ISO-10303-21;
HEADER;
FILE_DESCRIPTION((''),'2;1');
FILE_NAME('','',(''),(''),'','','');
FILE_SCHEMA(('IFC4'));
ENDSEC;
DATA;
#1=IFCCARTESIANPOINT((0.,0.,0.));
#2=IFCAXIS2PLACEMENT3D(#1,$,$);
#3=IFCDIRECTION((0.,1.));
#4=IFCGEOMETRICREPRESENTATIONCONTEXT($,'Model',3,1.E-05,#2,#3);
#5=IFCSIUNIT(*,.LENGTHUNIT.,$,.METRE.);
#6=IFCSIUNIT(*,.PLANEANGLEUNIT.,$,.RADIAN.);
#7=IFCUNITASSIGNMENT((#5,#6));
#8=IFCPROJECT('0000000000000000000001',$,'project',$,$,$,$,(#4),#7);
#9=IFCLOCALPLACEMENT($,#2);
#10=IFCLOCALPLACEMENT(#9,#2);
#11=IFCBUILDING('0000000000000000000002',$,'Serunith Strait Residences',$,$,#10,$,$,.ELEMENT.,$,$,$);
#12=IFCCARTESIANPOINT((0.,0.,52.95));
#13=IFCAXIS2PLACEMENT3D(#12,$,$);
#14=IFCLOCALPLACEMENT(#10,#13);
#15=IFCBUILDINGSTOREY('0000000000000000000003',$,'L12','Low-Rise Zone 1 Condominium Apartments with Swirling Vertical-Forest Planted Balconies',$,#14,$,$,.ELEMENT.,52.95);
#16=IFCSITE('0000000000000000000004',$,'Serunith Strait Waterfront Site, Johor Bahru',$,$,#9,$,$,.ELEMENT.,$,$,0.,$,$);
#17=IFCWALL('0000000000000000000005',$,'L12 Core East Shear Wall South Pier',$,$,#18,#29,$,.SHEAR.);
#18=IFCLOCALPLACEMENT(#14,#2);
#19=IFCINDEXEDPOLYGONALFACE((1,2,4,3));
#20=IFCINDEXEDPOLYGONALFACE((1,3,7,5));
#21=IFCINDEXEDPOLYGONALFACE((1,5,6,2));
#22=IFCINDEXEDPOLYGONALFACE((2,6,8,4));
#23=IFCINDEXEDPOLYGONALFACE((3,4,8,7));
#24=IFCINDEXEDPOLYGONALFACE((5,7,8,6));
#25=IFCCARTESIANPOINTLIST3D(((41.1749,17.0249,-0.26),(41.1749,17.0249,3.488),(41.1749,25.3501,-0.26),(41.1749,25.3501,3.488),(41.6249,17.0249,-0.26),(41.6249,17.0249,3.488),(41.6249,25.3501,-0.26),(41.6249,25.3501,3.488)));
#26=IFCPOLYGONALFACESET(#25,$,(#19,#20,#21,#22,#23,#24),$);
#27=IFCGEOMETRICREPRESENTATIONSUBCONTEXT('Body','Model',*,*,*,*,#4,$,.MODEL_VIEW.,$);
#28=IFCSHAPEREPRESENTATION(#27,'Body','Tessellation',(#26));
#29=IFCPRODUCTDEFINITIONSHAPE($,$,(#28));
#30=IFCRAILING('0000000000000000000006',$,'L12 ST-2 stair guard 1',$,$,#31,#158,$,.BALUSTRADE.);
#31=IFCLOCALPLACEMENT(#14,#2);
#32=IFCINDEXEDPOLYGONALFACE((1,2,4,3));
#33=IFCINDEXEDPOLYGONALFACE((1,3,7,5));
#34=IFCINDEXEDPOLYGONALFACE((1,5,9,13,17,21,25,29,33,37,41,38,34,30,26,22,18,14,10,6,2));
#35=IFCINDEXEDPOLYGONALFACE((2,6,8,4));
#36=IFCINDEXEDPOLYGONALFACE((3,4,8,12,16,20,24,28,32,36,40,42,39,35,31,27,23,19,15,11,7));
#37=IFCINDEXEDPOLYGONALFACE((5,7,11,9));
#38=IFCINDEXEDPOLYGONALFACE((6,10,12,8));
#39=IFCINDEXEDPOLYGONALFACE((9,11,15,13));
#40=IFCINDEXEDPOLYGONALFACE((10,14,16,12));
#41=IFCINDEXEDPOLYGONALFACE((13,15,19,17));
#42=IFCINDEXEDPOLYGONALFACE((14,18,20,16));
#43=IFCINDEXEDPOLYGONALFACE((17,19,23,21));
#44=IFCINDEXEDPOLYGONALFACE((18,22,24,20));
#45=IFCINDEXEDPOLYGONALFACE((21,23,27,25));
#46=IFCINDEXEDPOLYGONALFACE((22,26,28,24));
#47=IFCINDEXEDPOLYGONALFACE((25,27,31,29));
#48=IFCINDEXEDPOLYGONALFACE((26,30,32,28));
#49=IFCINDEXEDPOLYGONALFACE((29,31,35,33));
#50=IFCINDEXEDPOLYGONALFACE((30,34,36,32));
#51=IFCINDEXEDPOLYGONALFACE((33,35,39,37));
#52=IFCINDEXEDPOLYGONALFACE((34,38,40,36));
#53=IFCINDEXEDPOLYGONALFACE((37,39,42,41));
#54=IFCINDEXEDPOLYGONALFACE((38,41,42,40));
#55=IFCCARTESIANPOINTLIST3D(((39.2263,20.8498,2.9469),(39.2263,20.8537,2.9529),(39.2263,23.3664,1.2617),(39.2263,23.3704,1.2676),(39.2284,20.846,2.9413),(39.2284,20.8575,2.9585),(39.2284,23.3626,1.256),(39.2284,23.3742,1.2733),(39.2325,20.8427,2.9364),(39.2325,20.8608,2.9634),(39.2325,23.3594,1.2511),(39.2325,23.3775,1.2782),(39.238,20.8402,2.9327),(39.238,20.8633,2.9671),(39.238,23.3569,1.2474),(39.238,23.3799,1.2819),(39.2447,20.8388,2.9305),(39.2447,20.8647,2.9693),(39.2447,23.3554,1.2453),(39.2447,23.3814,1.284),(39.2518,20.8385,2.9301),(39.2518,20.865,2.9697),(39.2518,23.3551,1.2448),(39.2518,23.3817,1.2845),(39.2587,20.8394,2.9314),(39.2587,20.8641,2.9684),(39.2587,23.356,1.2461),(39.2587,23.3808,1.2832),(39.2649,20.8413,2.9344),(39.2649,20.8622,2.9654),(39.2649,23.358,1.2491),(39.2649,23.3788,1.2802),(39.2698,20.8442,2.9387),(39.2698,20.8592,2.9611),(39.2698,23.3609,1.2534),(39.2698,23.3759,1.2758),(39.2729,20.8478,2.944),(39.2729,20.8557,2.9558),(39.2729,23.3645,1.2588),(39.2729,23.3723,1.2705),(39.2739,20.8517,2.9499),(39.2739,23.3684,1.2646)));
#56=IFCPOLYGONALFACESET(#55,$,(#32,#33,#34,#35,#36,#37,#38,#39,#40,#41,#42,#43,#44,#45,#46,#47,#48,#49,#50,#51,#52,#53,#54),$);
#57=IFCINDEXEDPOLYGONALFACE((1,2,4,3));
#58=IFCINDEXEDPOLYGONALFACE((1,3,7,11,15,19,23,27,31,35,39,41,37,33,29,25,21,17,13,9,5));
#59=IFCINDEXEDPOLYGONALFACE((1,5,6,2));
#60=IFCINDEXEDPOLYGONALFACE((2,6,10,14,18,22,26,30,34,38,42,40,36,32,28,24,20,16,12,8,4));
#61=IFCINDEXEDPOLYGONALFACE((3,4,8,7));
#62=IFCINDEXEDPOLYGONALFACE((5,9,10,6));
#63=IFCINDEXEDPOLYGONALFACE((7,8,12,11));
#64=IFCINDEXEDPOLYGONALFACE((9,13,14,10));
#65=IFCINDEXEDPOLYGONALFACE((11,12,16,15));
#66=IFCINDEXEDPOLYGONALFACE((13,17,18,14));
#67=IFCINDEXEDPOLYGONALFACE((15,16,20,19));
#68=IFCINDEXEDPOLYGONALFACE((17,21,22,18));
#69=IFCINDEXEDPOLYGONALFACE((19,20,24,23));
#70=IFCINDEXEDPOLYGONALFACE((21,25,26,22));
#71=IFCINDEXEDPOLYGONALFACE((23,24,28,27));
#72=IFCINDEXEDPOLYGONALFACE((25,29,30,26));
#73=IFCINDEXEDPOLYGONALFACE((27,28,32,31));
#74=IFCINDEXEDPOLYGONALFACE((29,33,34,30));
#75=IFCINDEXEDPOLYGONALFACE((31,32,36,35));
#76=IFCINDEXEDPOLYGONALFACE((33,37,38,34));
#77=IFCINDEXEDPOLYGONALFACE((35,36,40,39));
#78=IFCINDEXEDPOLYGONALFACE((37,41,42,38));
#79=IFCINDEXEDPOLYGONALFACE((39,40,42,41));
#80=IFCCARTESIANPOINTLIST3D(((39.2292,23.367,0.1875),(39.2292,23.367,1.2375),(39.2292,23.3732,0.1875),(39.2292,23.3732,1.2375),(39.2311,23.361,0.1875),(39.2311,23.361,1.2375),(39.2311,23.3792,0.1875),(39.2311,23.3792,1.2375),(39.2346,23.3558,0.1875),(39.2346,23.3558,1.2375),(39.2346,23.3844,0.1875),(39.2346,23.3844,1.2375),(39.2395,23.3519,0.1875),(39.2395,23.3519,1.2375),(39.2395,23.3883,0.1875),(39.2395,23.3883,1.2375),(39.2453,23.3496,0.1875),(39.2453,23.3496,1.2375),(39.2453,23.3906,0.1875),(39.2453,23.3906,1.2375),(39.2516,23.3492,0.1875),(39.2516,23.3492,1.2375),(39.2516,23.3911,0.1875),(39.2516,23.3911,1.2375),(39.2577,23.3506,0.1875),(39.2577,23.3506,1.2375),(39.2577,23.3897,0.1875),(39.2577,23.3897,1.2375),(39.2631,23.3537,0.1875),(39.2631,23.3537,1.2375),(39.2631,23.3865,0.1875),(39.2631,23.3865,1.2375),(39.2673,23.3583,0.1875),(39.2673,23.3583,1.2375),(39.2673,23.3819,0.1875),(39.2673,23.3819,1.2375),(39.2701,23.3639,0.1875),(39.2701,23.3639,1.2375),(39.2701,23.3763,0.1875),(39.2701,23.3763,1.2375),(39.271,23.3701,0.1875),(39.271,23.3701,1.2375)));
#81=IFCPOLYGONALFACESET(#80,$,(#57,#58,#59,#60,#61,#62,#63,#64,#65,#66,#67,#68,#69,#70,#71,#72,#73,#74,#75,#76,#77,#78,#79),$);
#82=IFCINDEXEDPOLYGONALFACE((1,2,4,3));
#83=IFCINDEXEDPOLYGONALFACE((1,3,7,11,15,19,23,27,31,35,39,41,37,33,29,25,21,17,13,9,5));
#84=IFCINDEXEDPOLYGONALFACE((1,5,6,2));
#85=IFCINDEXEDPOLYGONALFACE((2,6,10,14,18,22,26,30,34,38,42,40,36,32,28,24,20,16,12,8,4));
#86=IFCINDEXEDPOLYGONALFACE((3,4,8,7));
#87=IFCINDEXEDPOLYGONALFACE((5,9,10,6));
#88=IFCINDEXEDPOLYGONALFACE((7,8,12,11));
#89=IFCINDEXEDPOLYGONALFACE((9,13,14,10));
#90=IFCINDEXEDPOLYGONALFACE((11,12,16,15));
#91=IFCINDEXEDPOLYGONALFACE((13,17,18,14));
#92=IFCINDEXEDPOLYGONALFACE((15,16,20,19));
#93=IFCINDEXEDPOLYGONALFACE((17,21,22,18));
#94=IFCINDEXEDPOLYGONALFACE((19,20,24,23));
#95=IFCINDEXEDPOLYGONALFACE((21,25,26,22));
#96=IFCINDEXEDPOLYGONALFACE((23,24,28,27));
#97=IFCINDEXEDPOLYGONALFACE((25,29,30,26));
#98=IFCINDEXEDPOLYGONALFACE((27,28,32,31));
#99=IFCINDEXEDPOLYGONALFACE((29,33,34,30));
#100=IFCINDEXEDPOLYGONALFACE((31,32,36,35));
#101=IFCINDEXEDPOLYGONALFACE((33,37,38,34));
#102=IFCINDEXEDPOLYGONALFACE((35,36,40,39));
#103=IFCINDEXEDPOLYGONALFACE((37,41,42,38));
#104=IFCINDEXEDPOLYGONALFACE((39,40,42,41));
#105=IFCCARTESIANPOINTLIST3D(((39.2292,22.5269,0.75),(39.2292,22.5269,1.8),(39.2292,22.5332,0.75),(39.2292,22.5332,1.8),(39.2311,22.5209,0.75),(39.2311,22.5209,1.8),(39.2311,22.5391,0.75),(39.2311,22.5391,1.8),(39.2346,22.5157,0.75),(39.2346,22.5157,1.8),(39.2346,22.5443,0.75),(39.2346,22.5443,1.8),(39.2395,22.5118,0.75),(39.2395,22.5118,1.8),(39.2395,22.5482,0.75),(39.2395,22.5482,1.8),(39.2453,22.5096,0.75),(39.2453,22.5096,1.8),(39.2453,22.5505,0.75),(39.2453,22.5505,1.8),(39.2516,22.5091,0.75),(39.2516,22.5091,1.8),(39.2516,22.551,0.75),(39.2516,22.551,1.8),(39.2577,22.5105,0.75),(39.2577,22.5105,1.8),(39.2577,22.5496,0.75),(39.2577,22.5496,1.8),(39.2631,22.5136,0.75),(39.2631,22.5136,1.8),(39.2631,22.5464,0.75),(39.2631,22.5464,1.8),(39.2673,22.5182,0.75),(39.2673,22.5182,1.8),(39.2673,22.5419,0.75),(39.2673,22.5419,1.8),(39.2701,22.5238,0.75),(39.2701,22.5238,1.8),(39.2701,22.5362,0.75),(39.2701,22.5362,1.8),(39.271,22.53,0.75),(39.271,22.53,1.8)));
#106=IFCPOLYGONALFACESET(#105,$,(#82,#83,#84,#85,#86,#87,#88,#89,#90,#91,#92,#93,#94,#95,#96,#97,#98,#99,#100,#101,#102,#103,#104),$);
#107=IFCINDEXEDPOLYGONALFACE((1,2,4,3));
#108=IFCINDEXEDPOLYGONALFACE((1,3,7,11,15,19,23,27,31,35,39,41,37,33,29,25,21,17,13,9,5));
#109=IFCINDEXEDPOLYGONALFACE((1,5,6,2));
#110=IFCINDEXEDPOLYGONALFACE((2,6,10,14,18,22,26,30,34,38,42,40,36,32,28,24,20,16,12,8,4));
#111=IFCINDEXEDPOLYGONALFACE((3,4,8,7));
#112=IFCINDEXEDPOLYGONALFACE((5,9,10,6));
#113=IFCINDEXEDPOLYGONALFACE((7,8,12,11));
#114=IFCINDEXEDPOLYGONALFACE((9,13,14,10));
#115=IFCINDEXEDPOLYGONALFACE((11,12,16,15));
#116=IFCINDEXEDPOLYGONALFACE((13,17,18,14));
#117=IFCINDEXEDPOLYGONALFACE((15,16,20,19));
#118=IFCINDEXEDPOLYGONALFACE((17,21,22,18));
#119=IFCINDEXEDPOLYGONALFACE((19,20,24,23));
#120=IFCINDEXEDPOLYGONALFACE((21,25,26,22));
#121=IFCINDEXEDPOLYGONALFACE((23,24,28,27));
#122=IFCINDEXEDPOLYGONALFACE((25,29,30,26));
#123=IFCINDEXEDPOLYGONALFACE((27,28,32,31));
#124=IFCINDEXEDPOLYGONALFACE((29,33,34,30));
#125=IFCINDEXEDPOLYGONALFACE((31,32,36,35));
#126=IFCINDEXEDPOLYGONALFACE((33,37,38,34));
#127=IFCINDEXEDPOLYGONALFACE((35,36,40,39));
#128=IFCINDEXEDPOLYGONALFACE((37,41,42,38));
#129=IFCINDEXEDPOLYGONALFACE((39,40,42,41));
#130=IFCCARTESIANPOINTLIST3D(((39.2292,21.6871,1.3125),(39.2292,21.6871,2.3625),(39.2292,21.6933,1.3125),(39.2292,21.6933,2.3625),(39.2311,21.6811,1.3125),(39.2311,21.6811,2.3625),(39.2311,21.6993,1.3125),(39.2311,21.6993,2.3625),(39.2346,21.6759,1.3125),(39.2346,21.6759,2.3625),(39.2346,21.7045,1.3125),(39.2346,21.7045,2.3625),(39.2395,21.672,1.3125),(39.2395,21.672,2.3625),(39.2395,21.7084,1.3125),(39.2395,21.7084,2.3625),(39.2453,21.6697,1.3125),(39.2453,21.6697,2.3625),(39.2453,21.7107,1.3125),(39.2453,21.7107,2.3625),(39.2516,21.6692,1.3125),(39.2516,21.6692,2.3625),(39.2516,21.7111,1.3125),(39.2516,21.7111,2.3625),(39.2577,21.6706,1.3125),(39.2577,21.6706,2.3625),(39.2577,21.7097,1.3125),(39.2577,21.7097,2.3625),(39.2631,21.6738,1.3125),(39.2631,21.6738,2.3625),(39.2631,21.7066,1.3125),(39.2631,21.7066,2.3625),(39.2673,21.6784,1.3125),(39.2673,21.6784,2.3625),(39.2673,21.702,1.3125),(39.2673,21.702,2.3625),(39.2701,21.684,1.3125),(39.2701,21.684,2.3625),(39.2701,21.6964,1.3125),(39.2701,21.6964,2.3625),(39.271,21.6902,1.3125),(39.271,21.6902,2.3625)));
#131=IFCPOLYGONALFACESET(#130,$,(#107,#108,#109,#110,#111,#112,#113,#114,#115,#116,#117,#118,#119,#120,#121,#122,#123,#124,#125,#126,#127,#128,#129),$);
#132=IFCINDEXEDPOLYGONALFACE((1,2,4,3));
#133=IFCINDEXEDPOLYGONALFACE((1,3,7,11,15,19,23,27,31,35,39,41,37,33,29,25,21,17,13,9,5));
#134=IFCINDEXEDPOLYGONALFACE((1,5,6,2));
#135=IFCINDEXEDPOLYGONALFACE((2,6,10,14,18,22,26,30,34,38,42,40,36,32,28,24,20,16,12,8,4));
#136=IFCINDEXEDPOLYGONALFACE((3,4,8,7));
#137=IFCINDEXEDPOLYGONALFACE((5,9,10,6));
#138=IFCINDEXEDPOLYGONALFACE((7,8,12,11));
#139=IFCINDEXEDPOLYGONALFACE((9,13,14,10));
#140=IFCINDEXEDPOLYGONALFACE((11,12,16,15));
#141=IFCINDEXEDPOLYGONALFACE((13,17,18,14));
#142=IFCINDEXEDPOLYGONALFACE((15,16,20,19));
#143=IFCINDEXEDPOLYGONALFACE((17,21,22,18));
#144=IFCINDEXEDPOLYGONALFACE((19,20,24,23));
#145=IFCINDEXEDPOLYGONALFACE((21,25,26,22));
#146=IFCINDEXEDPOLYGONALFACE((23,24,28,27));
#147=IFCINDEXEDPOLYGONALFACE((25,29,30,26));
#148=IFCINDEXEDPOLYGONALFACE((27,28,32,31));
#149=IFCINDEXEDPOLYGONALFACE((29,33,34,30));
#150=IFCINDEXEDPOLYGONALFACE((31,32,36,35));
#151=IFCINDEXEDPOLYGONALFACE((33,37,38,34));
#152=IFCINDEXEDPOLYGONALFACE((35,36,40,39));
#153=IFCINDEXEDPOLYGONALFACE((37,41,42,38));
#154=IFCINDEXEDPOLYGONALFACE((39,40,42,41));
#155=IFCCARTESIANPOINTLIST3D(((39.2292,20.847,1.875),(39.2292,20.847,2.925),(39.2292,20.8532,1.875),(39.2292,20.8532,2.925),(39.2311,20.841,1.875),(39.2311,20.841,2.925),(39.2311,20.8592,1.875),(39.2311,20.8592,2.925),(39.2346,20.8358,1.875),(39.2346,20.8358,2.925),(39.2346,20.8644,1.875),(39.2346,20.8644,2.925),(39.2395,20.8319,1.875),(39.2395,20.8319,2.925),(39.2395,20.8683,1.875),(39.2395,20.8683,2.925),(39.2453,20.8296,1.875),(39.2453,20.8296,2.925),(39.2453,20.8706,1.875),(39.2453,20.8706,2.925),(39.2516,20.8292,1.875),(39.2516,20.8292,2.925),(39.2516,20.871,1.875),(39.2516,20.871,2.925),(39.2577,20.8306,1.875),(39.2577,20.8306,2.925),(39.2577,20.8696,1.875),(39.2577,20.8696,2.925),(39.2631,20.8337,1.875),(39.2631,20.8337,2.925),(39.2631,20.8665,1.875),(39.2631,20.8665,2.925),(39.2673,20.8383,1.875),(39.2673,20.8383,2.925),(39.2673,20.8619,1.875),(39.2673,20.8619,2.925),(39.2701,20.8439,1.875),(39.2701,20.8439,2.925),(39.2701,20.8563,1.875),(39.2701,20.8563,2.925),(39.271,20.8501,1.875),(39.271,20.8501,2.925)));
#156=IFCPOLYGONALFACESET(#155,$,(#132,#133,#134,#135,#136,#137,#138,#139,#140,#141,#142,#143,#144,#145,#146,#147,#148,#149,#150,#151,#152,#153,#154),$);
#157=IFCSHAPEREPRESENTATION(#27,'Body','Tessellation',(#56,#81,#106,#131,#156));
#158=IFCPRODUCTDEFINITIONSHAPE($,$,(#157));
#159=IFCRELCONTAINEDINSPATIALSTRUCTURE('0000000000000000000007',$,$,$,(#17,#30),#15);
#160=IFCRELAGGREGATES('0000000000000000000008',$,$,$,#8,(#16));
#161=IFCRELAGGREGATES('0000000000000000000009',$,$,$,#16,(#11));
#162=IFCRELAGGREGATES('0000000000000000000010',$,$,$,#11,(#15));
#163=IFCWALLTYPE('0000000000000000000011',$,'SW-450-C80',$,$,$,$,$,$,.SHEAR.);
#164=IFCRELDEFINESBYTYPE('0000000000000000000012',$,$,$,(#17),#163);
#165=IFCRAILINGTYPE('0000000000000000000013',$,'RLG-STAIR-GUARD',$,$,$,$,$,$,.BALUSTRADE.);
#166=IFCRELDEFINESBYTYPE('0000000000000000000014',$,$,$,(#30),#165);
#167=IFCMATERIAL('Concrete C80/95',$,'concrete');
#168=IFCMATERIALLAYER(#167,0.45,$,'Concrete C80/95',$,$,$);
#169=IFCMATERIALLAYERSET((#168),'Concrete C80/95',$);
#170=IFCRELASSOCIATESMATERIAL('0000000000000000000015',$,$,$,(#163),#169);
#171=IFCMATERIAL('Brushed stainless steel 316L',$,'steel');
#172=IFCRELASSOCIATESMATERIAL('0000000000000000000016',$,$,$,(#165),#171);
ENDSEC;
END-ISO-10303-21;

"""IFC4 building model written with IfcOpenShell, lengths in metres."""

from ifc_helpers import new_model, si_unit, direction, frame, frame_2d, origin, origin_2d, place, context, subcontext, project, spatial, rectangle, circle, extrude, material, layer, layer_set, type_object, element, save


model = new_model("IFC4")

# Units and contexts
model_context = context("Model", 3, precision=1e-05, world=origin(), true_north=direction((0.0, 1.0)))
body_context = subcontext(model_context, "Body", "Model", "MODEL_VIEW")
ifc_project = project(units=[si_unit("LENGTHUNIT", "METRE"), si_unit("PLANEANGLEUNIT", "RADIAN")], contexts=[model_context])

# Site, building, storey
site_placement = place(None, origin())
site = spatial("IfcSite", under=ifc_project, at=site_placement, Name="Serunith Strait Waterfront Site, Johor Bahru", CompositionType="ELEMENT", RefElevation=0.0)
building_placement = place(site_placement, origin())
building = spatial("IfcBuilding", under=site, at=building_placement, Name="Serunith Strait Residences", CompositionType="ELEMENT")
storey_placement = place(building_placement, frame((0.0, 0.0, 52.95)))
storey = spatial("IfcBuildingStorey", under=building, at=storey_placement, Name="L12", Description="Low-Rise Zone 1 Condominium Apartments with Swirling Vertical-Forest Planted Balconies", CompositionType="ELEMENT", Elevation=52.95)

# Wall
ifc_material_1 = material(Name="Concrete C80/95", Category="concrete")
ifc_layer_1 = layer(ifc_material_1, 0.45, Name="Concrete C80/95")
ifc_layer_set_1 = layer_set([ifc_layer_1], Name="Concrete C80/95")
wall_type_1 = type_object("IfcWallType", Name="SW-450-C80", PredefinedType="SHEAR", material=ifc_layer_set_1)
wall_1_placement = place(storey_placement, frame((41.3999, 17.0249, -0.26), z_axis=(0.0, 0.0, 1.0), x_axis=(0.0, 1.0, 0.0)))
element("IfcWall", 1, at=wall_1_placement, inside=storey, type_object=wall_type_1, Name="L12 Core East Shear Wall South Pier", PredefinedType="SHEAR", context=body_context, shape_type="SweptSolid", body=[
    extrude(rectangle(XDim=8.3252, YDim=0.45, at=frame_2d((4.1626, 0.0))), origin(), (0.0, 0.0, 1.0), 3.748),
])

# Railing
ifc_material_2 = material(Name="Brushed stainless steel 316L", Category="steel")
railing_type_1 = type_object("IfcRailingType", Name="RLG-STAIR-GUARD", PredefinedType="BALUSTRADE", material=ifc_material_2)
railing_1_placement = place(storey_placement, frame((39.25, 23.3701, 0.1875)))
element("IfcRailing", 2, at=railing_1_placement, inside=storey, type_object=railing_type_1, Name="L12 ST-2 stair guard 1", PredefinedType="BALUSTRADE", context=body_context, shape_type="SweptSolid", body=[
    extrude(circle(Radius=0.0239, at=origin_2d()), frame((0.0, -0.0017, 1.0771), z_axis=(0.0, -0.830909, 0.556408), x_axis=(1.0, 0.0, 0.0)), (0.0, 0.0, 1.0), 3.0288),
    extrude(circle(Radius=0.021, at=origin_2d()), origin(), (0.0, 0.0, 1.0), 1.05),
    extrude(circle(Radius=0.021, at=origin_2d()), frame((0.0, -0.8401, 0.5625)), (0.0, 0.0, 1.0), 1.05),
    extrude(circle(Radius=0.021, at=origin_2d()), frame((0.0, -1.6799, 1.125)), (0.0, 0.0, 1.0), 1.05),
    extrude(circle(Radius=0.021, at=origin_2d()), frame((0.0, -2.52, 1.6875)), (0.0, 0.0, 1.0), 1.05),
])

save(model, "model.ifc")
